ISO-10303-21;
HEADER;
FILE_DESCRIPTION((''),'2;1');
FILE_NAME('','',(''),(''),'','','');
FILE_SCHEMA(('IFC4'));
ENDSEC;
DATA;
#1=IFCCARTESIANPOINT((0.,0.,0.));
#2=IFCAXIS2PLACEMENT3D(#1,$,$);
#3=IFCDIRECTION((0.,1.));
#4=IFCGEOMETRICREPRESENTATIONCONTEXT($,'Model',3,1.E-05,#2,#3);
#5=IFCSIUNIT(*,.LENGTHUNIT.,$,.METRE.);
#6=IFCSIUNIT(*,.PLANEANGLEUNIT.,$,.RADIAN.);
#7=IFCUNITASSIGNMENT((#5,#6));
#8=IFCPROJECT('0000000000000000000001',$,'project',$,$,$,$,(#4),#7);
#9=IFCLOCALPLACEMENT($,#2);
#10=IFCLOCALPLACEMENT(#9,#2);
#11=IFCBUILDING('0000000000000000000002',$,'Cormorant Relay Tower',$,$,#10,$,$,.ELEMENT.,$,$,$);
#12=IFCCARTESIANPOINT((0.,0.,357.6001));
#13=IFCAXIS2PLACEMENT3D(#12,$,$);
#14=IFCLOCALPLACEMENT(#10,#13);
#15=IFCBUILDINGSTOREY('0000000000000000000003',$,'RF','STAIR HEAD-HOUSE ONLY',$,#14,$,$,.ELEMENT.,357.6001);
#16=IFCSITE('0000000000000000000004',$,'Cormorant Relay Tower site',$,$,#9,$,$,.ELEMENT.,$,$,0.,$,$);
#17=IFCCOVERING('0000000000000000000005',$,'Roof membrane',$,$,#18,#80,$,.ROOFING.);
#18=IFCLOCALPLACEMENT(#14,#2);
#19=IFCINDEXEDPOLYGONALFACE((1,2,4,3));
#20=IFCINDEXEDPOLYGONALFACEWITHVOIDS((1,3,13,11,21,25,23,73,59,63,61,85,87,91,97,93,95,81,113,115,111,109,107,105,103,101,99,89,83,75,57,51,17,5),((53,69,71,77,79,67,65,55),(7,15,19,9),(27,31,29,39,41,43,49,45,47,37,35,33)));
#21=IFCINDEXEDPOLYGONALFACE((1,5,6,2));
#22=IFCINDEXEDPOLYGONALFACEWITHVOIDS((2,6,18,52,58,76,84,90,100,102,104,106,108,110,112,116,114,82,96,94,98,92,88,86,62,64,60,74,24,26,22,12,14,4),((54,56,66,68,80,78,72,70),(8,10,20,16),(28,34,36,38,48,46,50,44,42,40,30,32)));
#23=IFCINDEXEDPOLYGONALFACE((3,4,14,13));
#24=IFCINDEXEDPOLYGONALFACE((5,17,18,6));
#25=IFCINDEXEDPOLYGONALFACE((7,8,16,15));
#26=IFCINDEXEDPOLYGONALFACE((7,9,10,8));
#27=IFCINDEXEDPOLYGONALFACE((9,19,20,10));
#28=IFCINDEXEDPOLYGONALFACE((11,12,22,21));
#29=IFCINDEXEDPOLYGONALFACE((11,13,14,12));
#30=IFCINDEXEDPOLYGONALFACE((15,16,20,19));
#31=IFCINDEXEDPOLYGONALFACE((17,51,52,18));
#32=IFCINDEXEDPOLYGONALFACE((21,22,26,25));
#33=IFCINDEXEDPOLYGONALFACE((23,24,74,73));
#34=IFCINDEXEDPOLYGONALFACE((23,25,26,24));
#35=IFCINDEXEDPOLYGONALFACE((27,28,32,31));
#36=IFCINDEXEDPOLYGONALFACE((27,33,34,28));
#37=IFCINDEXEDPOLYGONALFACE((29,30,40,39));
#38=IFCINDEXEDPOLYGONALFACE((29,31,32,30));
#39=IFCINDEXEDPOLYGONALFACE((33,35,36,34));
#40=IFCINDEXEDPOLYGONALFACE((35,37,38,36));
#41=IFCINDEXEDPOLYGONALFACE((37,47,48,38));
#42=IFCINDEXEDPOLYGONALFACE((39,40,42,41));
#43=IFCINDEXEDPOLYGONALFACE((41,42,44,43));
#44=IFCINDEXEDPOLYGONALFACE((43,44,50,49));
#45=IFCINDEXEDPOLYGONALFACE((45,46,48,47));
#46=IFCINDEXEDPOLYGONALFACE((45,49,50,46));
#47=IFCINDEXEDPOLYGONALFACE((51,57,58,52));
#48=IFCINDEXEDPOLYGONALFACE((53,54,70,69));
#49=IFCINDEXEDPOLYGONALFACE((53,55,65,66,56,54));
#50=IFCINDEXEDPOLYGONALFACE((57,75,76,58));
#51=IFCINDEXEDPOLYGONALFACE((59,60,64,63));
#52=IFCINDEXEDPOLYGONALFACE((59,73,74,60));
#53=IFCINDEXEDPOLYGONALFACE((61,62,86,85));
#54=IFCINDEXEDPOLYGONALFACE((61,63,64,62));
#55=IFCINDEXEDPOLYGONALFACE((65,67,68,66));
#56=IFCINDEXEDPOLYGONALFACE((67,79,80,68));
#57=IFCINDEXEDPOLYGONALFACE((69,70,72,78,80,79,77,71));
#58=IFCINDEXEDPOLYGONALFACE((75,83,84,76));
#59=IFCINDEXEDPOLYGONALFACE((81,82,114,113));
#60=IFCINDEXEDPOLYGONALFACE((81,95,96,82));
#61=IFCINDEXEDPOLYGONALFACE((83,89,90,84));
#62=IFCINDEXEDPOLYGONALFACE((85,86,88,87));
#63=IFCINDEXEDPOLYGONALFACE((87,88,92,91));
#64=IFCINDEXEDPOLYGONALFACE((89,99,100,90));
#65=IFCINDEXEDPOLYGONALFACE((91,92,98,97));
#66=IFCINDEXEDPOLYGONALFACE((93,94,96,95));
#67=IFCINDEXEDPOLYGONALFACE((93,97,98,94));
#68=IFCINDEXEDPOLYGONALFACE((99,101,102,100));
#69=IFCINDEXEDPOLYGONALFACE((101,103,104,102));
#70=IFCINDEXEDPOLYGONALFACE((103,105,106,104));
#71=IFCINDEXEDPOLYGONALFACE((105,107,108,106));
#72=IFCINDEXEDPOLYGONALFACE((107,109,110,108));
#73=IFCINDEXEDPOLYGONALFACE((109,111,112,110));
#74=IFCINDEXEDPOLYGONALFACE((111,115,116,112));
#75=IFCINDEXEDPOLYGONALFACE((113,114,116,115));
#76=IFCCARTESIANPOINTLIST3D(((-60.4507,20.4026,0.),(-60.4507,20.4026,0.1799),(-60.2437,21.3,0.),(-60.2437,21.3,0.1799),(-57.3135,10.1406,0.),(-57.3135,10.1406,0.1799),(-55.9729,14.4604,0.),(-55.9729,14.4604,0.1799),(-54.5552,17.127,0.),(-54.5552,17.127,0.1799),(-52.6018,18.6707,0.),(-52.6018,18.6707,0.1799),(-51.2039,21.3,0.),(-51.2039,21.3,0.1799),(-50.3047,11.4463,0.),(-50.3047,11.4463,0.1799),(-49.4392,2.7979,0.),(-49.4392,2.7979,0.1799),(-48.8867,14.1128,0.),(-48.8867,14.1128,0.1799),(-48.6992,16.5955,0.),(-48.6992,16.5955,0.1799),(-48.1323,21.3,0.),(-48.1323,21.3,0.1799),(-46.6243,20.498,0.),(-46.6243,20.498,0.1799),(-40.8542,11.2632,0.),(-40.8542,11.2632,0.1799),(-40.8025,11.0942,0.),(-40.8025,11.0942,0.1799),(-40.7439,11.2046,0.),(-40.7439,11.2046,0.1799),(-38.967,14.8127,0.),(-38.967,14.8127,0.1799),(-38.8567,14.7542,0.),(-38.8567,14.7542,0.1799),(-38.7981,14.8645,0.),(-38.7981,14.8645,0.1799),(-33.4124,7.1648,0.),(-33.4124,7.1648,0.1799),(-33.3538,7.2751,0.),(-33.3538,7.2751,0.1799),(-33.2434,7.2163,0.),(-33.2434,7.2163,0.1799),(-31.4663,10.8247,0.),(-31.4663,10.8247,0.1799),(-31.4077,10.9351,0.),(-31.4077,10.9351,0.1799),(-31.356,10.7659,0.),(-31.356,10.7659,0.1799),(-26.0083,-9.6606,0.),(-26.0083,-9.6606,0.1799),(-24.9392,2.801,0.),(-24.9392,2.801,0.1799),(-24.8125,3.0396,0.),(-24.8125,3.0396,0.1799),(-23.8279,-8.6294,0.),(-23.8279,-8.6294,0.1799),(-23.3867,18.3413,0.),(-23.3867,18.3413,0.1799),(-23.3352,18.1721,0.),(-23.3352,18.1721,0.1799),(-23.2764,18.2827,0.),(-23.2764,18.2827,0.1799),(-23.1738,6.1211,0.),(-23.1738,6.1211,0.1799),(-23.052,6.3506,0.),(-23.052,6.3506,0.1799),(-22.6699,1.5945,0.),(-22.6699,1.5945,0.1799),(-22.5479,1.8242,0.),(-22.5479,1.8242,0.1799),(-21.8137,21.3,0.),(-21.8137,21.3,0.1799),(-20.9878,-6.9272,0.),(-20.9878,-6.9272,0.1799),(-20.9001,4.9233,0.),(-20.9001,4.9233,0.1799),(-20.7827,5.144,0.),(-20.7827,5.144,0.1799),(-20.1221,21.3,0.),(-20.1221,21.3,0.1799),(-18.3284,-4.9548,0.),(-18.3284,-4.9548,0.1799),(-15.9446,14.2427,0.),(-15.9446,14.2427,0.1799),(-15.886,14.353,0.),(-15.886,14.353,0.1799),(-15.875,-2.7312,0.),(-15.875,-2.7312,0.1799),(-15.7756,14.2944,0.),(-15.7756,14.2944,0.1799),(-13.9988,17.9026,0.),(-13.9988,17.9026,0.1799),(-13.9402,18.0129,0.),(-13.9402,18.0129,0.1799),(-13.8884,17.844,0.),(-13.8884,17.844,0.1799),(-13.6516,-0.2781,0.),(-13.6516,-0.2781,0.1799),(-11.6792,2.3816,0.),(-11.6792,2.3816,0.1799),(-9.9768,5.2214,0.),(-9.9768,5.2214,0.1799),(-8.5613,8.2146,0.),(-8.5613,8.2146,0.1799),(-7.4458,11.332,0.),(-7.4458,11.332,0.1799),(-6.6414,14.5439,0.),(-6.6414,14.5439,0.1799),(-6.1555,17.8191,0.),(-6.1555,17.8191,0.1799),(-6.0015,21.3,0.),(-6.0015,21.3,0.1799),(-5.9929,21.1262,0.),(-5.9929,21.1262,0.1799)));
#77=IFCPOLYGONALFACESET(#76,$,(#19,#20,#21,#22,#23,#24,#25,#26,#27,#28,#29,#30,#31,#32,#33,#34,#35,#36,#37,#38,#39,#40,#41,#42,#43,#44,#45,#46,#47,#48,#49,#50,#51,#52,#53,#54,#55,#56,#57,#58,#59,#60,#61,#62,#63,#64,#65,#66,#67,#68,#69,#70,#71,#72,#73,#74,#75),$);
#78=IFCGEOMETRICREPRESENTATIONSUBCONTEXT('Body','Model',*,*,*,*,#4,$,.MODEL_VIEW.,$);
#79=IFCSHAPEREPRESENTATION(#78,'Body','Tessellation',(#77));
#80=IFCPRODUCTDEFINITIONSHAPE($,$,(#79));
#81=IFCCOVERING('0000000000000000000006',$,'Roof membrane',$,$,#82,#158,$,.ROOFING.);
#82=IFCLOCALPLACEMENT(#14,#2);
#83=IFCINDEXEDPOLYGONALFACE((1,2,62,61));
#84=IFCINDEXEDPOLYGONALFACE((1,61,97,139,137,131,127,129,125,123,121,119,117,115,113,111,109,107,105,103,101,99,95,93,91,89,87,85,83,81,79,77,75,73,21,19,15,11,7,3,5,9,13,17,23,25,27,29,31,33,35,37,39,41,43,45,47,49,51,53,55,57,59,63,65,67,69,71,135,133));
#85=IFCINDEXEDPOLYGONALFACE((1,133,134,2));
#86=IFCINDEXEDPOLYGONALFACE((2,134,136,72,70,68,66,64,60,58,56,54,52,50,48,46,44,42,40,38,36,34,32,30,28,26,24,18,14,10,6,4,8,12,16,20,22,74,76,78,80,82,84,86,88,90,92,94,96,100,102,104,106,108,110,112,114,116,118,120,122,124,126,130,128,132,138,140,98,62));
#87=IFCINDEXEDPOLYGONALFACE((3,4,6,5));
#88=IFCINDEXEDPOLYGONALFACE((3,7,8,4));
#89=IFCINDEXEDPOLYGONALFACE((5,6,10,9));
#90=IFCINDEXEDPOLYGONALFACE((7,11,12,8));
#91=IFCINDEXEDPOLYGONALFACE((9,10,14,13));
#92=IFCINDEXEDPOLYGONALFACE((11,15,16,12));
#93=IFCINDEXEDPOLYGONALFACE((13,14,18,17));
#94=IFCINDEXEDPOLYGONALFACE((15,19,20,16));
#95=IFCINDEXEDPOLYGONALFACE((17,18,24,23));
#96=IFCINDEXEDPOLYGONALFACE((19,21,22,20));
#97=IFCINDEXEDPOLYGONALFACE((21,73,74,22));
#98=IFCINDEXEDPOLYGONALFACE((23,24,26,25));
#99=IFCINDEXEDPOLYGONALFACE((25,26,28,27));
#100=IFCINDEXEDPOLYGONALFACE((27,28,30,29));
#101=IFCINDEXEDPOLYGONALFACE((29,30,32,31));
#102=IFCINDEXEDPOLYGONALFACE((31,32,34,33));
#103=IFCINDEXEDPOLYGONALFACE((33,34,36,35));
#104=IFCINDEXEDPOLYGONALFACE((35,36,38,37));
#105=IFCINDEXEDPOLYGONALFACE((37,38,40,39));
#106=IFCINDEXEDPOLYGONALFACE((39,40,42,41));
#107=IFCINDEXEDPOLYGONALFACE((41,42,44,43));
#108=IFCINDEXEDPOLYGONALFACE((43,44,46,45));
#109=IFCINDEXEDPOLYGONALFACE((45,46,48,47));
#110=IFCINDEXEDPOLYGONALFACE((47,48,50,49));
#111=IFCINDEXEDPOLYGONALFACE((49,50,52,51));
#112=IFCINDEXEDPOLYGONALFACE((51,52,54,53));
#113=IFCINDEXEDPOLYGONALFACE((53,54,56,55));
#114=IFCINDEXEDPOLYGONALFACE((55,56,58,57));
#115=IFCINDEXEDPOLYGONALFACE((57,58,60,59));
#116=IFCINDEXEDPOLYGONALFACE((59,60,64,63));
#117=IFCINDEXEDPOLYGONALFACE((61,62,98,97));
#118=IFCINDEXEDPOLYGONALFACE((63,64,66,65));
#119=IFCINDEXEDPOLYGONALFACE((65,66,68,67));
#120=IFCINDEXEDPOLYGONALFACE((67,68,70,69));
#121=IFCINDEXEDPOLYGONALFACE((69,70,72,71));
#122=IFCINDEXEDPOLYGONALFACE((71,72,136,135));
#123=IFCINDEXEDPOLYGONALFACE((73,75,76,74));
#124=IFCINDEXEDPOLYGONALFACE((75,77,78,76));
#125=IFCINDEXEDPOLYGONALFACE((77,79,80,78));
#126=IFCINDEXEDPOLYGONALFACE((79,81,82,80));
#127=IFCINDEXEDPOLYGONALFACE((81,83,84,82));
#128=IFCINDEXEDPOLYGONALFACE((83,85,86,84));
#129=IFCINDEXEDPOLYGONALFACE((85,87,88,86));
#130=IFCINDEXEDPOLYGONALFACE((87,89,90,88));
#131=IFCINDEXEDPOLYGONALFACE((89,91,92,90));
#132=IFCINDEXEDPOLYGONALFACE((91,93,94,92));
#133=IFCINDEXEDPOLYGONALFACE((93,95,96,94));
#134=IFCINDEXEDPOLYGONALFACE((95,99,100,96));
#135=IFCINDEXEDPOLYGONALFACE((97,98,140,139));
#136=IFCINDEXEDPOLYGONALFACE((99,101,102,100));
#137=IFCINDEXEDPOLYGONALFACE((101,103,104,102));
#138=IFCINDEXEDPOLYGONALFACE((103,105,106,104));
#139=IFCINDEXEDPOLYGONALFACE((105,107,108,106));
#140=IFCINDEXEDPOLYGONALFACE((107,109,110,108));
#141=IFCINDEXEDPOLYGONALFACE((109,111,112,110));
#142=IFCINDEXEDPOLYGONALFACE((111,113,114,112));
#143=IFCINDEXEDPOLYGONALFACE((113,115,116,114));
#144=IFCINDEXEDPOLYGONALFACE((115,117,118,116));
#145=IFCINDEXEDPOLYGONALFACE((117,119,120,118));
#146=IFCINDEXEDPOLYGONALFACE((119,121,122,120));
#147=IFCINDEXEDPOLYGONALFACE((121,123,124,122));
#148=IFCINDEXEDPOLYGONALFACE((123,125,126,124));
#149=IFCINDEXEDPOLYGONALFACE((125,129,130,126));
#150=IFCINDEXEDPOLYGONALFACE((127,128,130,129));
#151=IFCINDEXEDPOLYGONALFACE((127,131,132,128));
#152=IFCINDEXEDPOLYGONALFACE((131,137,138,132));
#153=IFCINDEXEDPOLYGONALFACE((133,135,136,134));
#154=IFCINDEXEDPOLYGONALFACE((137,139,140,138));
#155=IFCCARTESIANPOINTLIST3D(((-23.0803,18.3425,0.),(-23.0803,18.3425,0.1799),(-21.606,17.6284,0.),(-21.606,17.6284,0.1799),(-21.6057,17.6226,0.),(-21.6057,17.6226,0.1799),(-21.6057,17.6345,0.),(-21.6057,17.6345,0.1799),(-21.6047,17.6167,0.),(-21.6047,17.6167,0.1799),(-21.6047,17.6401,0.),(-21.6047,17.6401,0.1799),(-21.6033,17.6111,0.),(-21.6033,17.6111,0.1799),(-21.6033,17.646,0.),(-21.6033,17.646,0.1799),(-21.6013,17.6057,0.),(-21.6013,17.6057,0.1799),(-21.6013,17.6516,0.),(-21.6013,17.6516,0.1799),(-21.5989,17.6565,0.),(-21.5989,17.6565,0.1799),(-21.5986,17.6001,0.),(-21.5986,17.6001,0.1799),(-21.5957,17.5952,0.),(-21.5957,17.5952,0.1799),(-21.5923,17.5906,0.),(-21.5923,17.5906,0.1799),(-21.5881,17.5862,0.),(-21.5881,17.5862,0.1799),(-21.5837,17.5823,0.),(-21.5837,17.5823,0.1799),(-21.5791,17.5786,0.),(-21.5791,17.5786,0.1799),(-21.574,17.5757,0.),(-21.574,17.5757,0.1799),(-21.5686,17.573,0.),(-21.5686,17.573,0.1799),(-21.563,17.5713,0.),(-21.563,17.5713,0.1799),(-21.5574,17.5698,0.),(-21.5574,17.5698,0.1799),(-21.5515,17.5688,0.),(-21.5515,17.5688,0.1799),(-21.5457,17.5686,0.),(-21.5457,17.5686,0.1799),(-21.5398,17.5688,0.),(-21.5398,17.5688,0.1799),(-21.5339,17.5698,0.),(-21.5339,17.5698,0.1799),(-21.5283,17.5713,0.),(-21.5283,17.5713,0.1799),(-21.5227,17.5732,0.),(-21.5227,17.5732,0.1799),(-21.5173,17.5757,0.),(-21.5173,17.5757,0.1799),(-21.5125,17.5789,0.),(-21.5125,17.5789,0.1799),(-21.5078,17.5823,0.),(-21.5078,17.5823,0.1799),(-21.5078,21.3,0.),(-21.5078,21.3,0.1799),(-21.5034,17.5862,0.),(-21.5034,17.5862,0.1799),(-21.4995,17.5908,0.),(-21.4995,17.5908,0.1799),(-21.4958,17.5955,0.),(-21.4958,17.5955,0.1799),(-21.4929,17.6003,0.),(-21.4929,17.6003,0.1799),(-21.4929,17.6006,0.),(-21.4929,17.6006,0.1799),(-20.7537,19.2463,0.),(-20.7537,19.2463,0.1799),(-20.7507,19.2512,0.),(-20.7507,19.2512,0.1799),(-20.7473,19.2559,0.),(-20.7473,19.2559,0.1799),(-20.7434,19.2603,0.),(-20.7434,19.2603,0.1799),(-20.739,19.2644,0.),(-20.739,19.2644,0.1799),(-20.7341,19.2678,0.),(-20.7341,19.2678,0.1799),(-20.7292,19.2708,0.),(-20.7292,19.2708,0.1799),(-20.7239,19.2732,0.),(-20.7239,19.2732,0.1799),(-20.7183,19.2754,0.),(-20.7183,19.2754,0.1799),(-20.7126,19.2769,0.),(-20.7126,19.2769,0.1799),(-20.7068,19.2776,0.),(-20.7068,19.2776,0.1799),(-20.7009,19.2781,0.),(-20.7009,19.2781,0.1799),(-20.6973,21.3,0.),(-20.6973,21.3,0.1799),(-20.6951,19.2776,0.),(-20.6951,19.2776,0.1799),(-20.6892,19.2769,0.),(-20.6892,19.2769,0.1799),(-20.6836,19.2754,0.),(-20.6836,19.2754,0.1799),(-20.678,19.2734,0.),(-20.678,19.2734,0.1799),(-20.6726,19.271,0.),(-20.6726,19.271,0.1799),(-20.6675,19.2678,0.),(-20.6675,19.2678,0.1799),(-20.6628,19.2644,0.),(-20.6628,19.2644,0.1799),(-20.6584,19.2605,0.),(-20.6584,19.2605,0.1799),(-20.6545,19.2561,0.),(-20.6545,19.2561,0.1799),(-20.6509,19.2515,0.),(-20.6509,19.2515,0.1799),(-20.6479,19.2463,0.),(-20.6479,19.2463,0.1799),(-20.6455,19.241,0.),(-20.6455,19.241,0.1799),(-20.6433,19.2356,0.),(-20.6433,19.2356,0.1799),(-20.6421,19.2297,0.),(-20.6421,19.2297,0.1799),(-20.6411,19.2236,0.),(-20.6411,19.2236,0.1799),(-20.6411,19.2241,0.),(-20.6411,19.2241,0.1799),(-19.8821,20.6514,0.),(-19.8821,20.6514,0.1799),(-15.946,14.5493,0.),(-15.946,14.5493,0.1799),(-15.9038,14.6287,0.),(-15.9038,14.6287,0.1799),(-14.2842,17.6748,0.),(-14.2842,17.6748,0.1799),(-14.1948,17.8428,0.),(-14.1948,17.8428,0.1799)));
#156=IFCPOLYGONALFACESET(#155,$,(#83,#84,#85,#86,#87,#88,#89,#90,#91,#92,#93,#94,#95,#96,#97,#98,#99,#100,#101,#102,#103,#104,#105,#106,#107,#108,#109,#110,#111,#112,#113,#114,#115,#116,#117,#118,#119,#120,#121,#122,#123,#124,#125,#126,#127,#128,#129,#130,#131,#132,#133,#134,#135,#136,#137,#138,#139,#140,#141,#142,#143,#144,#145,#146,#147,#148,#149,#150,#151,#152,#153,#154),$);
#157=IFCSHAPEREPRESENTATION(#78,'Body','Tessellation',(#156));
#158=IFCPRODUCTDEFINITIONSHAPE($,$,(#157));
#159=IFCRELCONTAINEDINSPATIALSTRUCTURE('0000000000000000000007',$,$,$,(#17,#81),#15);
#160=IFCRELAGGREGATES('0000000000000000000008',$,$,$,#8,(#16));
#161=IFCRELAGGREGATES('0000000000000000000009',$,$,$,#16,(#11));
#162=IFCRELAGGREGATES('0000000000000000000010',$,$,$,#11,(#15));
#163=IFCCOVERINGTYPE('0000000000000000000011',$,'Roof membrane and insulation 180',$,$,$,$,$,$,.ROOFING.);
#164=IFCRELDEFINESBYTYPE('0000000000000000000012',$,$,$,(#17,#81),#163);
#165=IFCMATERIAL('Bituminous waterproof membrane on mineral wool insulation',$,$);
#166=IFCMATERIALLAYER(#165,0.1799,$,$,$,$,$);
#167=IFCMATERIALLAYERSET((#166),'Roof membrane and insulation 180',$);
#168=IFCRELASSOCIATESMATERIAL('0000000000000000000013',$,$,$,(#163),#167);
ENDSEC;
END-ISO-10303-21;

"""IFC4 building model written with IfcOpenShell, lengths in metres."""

from ifc_helpers import new_model, si_unit, direction, frame, origin, place, context, subcontext, project, spatial, polyline, outline, extrude, material, layer, layer_set, type_object, element, save


model = new_model("IFC4")

# Units and contexts
model_context = context("Model", 3, precision=1e-05, world=origin(), true_north=direction((0.0, 1.0)))
body_context = subcontext(model_context, "Body", "Model", "MODEL_VIEW")
ifc_project = project(units=[si_unit("LENGTHUNIT", "METRE"), si_unit("PLANEANGLEUNIT", "RADIAN")], contexts=[model_context])

# Site, building, storey
site_placement = place(None, origin())
site = spatial("IfcSite", under=ifc_project, at=site_placement, Name="Cormorant Relay Tower site", CompositionType="ELEMENT", RefElevation=0.0)
building_placement = place(site_placement, origin())
building = spatial("IfcBuilding", under=site, at=building_placement, Name="Cormorant Relay Tower", CompositionType="ELEMENT")
storey_placement = place(building_placement, frame((0.0, 0.0, 357.6001)))
storey = spatial("IfcBuildingStorey", under=building, at=storey_placement, Name="RF", Description="STAIR HEAD-HOUSE ONLY", CompositionType="ELEMENT", Elevation=357.6001)

# Coverings
ifc_material_1 = material(Name="Bituminous waterproof membrane on mineral wool insulation")
ifc_layer_1 = layer(ifc_material_1, 0.1799)
ifc_layer_set_1 = layer_set([ifc_layer_1], Name="Roof membrane and insulation 180")
covering_type = type_object("IfcCoveringType", Name="Roof membrane and insulation 180", PredefinedType="ROOFING", material=ifc_layer_set_1)
covering_1_placement = place(storey_placement, origin())
element("IfcCovering", 1, at=covering_1_placement, inside=storey, type_object=covering_type, Name="Roof membrane", PredefinedType="ROOFING", context=body_context, shape_type="SweptSolid", body=[
    extrude(outline(polyline([(-6.0015, 21.3), (-5.9929, 21.1262), (-6.1555, 17.8191), (-6.6414, 14.5439), (-7.4458, 11.332), (-8.5613, 8.2146), (-9.9768, 5.2214), (-11.6792, 2.3816), (-13.6516, -0.2781), (-15.875, -2.7312), (-18.3284, -4.9548), (-20.9878, -6.9272), (-23.8279, -8.6294), (-26.0083, -9.6606), (-49.4392, 2.7979), (-57.3135, 10.1406), (-60.4507, 20.4026), (-60.2437, 21.3), (-51.2039, 21.3), (-52.6018, 18.6707), (-48.6992, 16.5955), (-46.6243, 20.498), (-48.1323, 21.3), (-21.8137, 21.3), (-23.3867, 18.3413), (-23.2764, 18.2827), (-23.3352, 18.1721), (-15.9446, 14.2427), (-15.886, 14.353), (-15.7756, 14.2944), (-13.8884, 17.844), (-13.9988, 17.9026), (-13.9402, 18.0129), (-20.1221, 21.3), (-6.0015, 21.3)]), holes=[polyline([(-20.7827, 5.144), (-23.052, 6.3506), (-23.1738, 6.1211), (-24.8125, 3.0396), (-24.8125, 3.0396), (-24.9392, 2.801), (-22.6699, 1.5945), (-22.5479, 1.8242), (-20.9001, 4.9233), (-20.9001, 4.9233), (-20.7827, 5.144)]), polyline([(-40.7439, 11.2046), (-40.8025, 11.0942), (-33.4124, 7.1648), (-33.3538, 7.2751), (-33.2434, 7.2163), (-31.356, 10.7659), (-31.4663, 10.8247), (-31.4077, 10.9351), (-38.7981, 14.8645), (-38.8567, 14.7542), (-38.967, 14.8127), (-40.8542, 11.2632), (-40.7439, 11.2046)]), polyline([(-50.3047, 11.4463), (-48.8867, 14.1128), (-54.5552, 17.127), (-55.9729, 14.4604), (-50.3047, 11.4463)])]), origin(), (0.0, 0.0, 1.0), 0.1799),
])
covering_2_placement = place(storey_placement, origin())
element("IfcCovering", 2, at=covering_2_placement, inside=storey, type_object=covering_type, Name="Roof membrane", PredefinedType="ROOFING", context=body_context, shape_type="SweptSolid", body=[
    extrude(outline(polyline([(-20.6973, 21.3), (-14.1948, 17.8428), (-14.2842, 17.6748), (-19.8821, 20.6514), (-20.6411, 19.2236), (-20.6411, 19.2241), (-20.6421, 19.2297), (-20.6433, 19.2356), (-20.6455, 19.241), (-20.6479, 19.2463), (-20.6509, 19.2515), (-20.6545, 19.2561), (-20.6584, 19.2605), (-20.6628, 19.2644), (-20.6675, 19.2678), (-20.6726, 19.271), (-20.678, 19.2734), (-20.6836, 19.2754), (-20.6892, 19.2769), (-20.6951, 19.2776), (-20.7009, 19.2781), (-20.7068, 19.2776), (-20.7126, 19.2769), (-20.7183, 19.2754), (-20.7239, 19.2732), (-20.7292, 19.2708), (-20.7341, 19.2678), (-20.739, 19.2644), (-20.7434, 19.2603), (-20.7473, 19.2559), (-20.7507, 19.2512), (-20.7537, 19.2463), (-21.5989, 17.6565), (-21.6013, 17.6516), (-21.6033, 17.646), (-21.6047, 17.6401), (-21.6057, 17.6345), (-21.606, 17.6284), (-21.6057, 17.6226), (-21.6047, 17.6167), (-21.6033, 17.6111), (-21.6013, 17.6057), (-21.5986, 17.6001), (-21.5957, 17.5952), (-21.5923, 17.5906), (-21.5881, 17.5862), (-21.5837, 17.5823), (-21.5791, 17.5786), (-21.574, 17.5757), (-21.5686, 17.573), (-21.563, 17.5713), (-21.5574, 17.5698), (-21.5515, 17.5688), (-21.5457, 17.5686), (-21.5398, 17.5688), (-21.5339, 17.5698), (-21.5283, 17.5713), (-21.5227, 17.5732), (-21.5173, 17.5757), (-21.5125, 17.5789), (-21.5078, 17.5823), (-21.5034, 17.5862), (-21.4995, 17.5908), (-21.4958, 17.5955), (-21.4929, 17.6003), (-21.4929, 17.6006), (-15.9038, 14.6287), (-15.946, 14.5493), (-23.0803, 18.3425), (-21.5078, 21.3), (-20.6973, 21.3)])), origin(), (0.0, 0.0, 1.0), 0.1799),
])

save(model, "model.ifc")
